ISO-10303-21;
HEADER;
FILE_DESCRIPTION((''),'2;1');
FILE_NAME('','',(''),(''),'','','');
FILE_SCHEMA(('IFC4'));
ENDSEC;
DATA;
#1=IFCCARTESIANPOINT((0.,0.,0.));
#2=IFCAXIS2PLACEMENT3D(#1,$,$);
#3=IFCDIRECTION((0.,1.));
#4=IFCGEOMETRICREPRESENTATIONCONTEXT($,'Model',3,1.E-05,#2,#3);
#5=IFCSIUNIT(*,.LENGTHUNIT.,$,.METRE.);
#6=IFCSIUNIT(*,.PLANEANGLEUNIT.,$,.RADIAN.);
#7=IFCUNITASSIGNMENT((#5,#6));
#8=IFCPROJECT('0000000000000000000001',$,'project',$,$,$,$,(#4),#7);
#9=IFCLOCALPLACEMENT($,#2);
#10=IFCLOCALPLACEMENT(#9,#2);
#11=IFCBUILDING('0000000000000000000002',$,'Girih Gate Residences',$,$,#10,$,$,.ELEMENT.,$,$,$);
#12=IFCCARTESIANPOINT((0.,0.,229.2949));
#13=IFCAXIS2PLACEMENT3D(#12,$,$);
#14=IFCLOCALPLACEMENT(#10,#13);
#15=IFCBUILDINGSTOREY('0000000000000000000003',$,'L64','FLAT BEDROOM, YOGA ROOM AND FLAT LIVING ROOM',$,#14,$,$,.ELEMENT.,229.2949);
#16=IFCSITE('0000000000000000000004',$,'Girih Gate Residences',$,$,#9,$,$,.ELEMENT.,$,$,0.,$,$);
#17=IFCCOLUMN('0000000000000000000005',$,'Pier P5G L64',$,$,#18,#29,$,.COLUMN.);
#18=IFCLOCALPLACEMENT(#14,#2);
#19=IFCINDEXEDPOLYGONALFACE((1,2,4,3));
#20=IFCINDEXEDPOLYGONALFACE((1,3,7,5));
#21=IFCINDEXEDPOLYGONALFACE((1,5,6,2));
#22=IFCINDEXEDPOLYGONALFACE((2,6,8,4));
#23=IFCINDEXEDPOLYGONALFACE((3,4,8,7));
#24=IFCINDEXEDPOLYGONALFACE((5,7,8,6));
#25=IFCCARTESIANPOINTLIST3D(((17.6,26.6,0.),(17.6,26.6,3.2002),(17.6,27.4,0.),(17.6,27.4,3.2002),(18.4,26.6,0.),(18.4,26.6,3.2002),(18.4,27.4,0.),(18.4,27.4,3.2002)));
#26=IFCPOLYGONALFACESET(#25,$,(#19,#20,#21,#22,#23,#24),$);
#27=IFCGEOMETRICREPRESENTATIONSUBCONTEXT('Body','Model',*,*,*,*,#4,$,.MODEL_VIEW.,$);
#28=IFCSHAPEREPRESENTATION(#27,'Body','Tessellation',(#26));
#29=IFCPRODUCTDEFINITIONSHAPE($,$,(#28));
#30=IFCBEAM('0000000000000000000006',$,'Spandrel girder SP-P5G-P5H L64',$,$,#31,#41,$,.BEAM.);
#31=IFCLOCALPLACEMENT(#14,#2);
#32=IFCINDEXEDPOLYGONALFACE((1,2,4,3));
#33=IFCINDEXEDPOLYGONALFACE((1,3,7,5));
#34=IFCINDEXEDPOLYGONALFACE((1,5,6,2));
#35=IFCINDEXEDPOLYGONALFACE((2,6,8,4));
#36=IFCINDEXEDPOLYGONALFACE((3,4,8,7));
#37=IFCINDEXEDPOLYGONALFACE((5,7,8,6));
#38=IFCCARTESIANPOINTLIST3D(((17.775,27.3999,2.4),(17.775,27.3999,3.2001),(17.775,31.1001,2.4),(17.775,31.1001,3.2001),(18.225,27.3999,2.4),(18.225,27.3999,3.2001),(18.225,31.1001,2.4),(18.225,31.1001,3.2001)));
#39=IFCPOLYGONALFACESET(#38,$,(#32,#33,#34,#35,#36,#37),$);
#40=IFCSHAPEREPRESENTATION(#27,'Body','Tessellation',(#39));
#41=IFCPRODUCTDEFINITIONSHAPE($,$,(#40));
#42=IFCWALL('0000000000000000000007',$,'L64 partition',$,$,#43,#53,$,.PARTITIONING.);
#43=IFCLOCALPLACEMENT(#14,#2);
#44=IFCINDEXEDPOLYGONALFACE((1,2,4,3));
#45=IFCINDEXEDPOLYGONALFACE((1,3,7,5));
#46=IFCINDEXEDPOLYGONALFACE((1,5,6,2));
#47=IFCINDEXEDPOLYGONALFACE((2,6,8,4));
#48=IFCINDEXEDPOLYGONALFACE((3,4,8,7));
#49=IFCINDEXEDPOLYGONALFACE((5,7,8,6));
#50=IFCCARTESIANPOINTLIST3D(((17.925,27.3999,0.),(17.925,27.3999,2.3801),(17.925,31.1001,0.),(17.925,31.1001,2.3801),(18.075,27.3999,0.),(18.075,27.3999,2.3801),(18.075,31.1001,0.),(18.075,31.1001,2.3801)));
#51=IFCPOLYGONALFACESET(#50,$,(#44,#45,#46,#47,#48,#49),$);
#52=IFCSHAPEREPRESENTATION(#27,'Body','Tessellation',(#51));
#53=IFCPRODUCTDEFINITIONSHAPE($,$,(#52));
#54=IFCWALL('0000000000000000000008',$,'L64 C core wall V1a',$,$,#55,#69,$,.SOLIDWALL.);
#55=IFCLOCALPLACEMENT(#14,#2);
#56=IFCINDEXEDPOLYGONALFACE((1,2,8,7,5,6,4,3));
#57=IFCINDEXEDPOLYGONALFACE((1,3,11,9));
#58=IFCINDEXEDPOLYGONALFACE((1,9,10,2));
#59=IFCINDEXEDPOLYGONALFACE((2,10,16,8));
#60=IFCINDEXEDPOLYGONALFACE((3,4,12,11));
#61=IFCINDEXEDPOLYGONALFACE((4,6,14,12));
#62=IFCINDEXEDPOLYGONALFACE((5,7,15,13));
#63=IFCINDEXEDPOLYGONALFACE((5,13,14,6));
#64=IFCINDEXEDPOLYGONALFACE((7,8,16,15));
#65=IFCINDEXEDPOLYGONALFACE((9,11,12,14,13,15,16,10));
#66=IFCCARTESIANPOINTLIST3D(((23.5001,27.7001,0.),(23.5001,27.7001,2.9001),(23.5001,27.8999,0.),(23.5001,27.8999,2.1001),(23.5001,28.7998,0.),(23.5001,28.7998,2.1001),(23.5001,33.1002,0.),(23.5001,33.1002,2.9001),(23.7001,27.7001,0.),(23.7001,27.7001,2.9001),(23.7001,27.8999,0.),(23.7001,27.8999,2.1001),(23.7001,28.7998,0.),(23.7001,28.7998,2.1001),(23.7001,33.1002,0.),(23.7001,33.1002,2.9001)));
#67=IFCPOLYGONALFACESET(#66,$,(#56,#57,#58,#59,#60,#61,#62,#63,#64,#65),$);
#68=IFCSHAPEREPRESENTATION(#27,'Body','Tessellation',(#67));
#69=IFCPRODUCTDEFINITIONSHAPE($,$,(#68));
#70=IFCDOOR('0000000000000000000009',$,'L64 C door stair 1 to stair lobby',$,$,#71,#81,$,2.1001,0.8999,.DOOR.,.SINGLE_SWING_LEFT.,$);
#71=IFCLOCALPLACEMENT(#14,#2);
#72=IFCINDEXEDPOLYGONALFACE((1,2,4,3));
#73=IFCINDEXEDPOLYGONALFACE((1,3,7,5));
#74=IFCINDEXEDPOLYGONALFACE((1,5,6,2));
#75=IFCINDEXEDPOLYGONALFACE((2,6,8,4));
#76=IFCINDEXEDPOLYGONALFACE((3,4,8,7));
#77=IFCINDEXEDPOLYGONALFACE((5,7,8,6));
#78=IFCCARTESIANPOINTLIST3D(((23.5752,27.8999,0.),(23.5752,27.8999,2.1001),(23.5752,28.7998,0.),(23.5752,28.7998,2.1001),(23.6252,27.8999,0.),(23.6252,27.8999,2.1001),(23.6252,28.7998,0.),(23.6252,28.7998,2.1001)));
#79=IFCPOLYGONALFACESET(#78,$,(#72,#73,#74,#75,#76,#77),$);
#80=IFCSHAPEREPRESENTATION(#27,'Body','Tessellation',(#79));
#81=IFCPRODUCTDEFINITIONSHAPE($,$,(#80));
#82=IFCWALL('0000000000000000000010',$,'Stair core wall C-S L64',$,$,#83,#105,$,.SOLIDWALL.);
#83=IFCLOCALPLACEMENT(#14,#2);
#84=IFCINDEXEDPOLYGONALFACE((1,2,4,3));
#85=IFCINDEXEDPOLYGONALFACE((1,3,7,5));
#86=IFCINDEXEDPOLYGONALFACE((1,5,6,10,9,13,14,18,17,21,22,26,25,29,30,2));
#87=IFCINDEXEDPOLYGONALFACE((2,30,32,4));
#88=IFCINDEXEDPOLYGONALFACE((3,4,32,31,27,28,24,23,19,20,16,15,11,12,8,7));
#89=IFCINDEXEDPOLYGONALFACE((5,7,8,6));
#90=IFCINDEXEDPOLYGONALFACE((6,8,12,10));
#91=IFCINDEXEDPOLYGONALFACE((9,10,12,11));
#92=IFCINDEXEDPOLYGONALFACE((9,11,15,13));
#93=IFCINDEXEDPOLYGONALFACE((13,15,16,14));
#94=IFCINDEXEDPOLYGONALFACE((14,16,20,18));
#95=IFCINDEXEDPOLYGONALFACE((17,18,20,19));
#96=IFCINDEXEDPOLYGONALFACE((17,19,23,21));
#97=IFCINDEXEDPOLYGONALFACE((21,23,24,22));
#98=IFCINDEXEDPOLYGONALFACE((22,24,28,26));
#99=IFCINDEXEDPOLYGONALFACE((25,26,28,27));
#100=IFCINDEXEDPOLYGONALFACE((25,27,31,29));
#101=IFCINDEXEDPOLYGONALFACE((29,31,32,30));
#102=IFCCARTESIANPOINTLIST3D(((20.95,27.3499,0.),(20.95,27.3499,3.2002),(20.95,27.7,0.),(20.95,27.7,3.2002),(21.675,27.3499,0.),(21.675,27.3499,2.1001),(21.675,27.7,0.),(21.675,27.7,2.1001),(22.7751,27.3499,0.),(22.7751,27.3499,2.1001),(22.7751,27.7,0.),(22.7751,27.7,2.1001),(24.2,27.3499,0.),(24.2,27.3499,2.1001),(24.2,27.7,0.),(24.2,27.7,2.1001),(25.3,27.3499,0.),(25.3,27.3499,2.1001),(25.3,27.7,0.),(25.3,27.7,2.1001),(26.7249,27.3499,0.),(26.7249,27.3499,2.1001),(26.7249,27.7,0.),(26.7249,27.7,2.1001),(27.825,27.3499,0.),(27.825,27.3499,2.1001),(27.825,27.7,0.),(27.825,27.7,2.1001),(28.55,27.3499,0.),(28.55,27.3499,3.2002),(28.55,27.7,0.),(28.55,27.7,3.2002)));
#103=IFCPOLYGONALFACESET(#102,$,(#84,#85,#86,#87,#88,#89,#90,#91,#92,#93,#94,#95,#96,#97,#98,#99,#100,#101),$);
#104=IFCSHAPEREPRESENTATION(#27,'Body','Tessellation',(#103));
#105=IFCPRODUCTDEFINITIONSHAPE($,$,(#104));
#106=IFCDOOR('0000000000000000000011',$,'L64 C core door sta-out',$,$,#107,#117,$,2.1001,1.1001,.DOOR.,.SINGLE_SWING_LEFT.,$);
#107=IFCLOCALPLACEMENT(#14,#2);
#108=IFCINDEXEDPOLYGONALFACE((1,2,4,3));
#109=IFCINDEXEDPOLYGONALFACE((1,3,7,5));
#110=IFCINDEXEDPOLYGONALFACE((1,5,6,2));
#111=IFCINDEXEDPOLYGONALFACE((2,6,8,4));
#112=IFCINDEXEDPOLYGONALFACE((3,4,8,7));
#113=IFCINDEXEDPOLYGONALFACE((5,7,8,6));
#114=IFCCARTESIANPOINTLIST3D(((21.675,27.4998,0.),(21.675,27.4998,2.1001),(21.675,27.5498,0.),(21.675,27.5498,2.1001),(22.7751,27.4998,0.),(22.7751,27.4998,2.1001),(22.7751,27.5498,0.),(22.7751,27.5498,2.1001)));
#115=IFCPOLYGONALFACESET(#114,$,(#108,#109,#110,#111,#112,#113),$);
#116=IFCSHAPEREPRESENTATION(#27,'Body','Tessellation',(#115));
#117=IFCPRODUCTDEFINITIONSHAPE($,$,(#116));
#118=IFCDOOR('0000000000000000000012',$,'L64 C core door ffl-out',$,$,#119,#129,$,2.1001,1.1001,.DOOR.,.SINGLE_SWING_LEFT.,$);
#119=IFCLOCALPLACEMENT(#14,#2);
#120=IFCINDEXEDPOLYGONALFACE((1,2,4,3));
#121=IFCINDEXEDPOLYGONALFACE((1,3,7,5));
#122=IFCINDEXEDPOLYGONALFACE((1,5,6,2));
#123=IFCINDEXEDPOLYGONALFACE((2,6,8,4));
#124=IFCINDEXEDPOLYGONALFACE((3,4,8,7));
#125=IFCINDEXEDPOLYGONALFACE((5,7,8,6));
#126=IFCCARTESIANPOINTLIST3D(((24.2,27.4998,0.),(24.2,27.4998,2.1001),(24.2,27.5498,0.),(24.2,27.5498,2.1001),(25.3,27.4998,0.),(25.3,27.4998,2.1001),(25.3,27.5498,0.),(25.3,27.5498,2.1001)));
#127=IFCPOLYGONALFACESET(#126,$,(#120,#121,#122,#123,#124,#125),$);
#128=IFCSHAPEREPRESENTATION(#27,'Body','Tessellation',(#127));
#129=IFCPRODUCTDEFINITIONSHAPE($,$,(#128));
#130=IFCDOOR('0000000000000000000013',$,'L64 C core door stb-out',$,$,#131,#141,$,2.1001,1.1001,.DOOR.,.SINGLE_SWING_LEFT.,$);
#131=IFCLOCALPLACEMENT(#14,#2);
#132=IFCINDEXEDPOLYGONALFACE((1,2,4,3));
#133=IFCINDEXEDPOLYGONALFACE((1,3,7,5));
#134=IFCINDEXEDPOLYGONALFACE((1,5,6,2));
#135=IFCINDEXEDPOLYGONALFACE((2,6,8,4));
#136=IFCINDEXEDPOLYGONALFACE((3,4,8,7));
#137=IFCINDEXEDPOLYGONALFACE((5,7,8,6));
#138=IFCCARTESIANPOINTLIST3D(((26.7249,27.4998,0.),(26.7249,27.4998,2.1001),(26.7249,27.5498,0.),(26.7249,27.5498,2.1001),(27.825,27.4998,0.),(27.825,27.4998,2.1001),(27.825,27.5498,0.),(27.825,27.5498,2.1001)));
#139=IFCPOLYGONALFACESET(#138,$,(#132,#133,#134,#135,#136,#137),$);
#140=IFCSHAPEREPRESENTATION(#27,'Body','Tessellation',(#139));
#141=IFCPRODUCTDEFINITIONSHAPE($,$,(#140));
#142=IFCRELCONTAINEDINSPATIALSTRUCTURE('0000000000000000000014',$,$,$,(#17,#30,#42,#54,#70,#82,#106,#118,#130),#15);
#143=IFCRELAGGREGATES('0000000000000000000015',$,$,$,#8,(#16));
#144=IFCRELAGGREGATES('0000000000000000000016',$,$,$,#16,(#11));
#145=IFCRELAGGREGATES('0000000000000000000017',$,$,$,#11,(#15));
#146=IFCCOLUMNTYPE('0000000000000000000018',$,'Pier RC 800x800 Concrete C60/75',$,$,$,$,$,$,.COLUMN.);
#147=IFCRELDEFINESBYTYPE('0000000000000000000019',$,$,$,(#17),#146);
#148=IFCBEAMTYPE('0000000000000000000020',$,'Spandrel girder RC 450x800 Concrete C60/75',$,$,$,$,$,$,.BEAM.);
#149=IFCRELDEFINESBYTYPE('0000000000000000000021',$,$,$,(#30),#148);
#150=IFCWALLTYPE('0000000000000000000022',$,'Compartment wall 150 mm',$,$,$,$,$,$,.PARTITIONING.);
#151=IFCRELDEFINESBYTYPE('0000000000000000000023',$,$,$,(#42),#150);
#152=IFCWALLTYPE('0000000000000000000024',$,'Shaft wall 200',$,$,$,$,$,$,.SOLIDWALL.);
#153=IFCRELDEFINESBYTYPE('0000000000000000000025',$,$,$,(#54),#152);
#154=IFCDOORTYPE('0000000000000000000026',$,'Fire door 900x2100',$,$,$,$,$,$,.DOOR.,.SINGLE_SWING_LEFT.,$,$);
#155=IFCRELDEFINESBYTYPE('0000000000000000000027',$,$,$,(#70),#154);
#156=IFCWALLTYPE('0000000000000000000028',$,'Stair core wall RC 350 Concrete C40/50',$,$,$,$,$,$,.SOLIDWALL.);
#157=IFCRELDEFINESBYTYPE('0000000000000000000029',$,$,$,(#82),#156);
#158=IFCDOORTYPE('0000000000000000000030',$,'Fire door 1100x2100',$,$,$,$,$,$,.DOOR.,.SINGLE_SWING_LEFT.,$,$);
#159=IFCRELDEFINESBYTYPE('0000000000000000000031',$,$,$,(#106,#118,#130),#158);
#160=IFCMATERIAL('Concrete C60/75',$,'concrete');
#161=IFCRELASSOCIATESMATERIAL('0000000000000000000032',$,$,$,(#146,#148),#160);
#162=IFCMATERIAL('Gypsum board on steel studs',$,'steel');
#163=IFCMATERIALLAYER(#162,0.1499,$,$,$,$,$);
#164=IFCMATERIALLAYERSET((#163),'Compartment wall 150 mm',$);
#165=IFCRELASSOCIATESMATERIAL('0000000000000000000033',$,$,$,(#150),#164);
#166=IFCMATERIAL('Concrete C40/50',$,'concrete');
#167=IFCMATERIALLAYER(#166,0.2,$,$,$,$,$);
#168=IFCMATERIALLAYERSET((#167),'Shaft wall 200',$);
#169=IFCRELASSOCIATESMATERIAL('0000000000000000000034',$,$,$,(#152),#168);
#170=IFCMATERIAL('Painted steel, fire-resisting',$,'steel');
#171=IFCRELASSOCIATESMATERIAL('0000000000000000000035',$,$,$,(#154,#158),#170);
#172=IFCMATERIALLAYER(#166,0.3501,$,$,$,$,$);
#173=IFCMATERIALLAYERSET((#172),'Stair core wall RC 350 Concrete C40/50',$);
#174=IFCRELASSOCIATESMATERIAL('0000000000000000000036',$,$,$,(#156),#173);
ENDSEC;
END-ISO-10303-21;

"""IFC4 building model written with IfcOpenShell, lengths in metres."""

from ifc_helpers import new_model, si_unit, direction, frame, frame_2d, origin, origin_2d, place, context, subcontext, project, spatial, rectangle, extrude, material, layer, layer_set, material_profile, profile_set, type_object, element, fill, save


model = new_model("IFC4")

# Units and contexts
model_context = context("Model", 3, precision=1e-05, world=origin(), true_north=direction((0.0, 1.0)))
body_context = subcontext(model_context, "Body", "Model", "MODEL_VIEW")
ifc_project = project(units=[si_unit("LENGTHUNIT", "METRE"), si_unit("PLANEANGLEUNIT", "RADIAN")], contexts=[model_context])

# Site, building, storey
site_placement = place(None, origin())
site = spatial("IfcSite", under=ifc_project, at=site_placement, Name="Girih Gate Residences", CompositionType="ELEMENT", RefElevation=0.0)
building_placement = place(site_placement, origin())
building = spatial("IfcBuilding", under=site, at=building_placement, Name="Girih Gate Residences", CompositionType="ELEMENT")
storey_placement = place(building_placement, frame((0.0, 0.0, 229.2949)))
storey = spatial("IfcBuildingStorey", under=building, at=storey_placement, Name="L64", Description="FLAT BEDROOM, YOGA ROOM AND FLAT LIVING ROOM", CompositionType="ELEMENT", Elevation=229.2949)

# Column
ifc_material_1 = material(Name="Concrete C60/75", Category="concrete")
ifc_material_profile_1 = material_profile(ifc_material_1, rectangle(XDim=0.8, YDim=0.8, at=origin_2d()))
ifc_profile_set_1 = profile_set([ifc_material_profile_1], Name="Concrete C60/75")
column_type = type_object("IfcColumnType", Name="Pier RC 800x800 Concrete C60/75", PredefinedType="COLUMN", material=ifc_profile_set_1)
column_placement = place(storey_placement, frame((18.0, 27.0, 0.0), z_axis=(0.0, 0.0, 1.0), x_axis=(1.0, 0.0, 0.0)))
element("IfcColumn", 1, at=column_placement, inside=storey, type_object=column_type, Name="Pier P5G L64", PredefinedType="COLUMN", context=body_context, shape_type="SweptSolid", body=[
    extrude(rectangle(XDim=0.8, YDim=0.8, at=origin_2d()), origin(), (0.0, 0.0, 1.0), 3.2002),
])

# Beam
ifc_material_profile_2 = material_profile(ifc_material_1, rectangle(XDim=0.45, YDim=0.8, at=origin_2d()))
ifc_profile_set_2 = profile_set([ifc_material_profile_2], Name="Concrete C60/75")
beam_type = type_object("IfcBeamType", Name="Spandrel girder RC 450x800 Concrete C60/75", PredefinedType="BEAM", material=ifc_profile_set_2)
beam_placement = place(storey_placement, frame((18.0, 27.3999, 2.8), z_axis=(0.0, 1.0, 0.0), x_axis=(-1.0, 0.0, 0.0)))
element("IfcBeam", 2, at=beam_placement, inside=storey, type_object=beam_type, Name="Spandrel girder SP-P5G-P5H L64", PredefinedType="BEAM", context=body_context, shape_type="SweptSolid", body=[
    extrude(rectangle(XDim=0.45, YDim=0.8, at=origin_2d()), origin(), (0.0, 0.0, 1.0), 3.7002),
])

# Wall
ifc_material_2 = material(Name="Gypsum board on steel studs", Category="steel")
ifc_layer_1 = layer(ifc_material_2, 0.1499)
ifc_layer_set_1 = layer_set([ifc_layer_1], Name="Compartment wall 150 mm")
wall_type_1 = type_object("IfcWallType", Name="Compartment wall 150 mm", PredefinedType="PARTITIONING", material=ifc_layer_set_1)
wall_1_placement = place(storey_placement, frame((18.0, 27.3999, 0.0), z_axis=(0.0, 0.0, 1.0), x_axis=(0.0, 1.0, 0.0)))
element("IfcWall", 3, at=wall_1_placement, inside=storey, type_object=wall_type_1, Name="L64 partition", PredefinedType="PARTITIONING", context=body_context, shape_type="SweptSolid", body=[
    extrude(rectangle(XDim=3.7002, YDim=0.1499, at=frame_2d((1.8501, 0.0))), origin(), (0.0, 0.0, 1.0), 2.3801),
])

# Wall, opening, door
ifc_material_3 = material(Name="Concrete C40/50", Category="concrete")
ifc_layer_2 = layer(ifc_material_3, 0.2)
ifc_layer_set_2 = layer_set([ifc_layer_2], Name="Shaft wall 200")
wall_type_2 = type_object("IfcWallType", Name="Shaft wall 200", PredefinedType="SOLIDWALL", material=ifc_layer_set_2)
wall_2_placement = place(storey_placement, frame((23.6001, 27.7, 0.0), z_axis=(0.0, 0.0, 1.0), x_axis=(0.0, 1.0, 0.0)))
wall_2 = element("IfcWall", 4, at=wall_2_placement, inside=storey, type_object=wall_type_2, Name="L64 C core wall V1a", PredefinedType="SOLIDWALL", context=body_context, shape_type="SweptSolid", body=[
    extrude(rectangle(XDim=5.4001, YDim=0.2, at=frame_2d((2.7002, 0.0))), origin(), (0.0, 0.0, 1.0), 2.9001),
])
opening_1_placement = place(wall_2_placement, frame((0.2, 0.0, 0.0)))
opening_1 = element("IfcOpeningElement", 5, at=opening_1_placement, cuts=wall_2, PredefinedType="OPENING", context=body_context, shape_type="SweptSolid", body=[
    extrude(rectangle(XDim=0.8999, YDim=2.1001, at=frame_2d((0.45, 1.05))), frame((0.0, 0.1099, 0.0), z_axis=(0.0, -1.0, 0.0), x_axis=(1.0, 0.0, 0.0)), (0.0, 0.0, 1.0), 0.22),
])
ifc_material_4 = material(Name="Painted steel, fire-resisting", Category="steel")
door_type_1 = type_object("IfcDoorType", Name="Fire door 900x2100", OperationType="SINGLE_SWING_LEFT", PredefinedType="DOOR", material=ifc_material_4)
door_1_placement = place(opening_1_placement, origin())
door_1 = element("IfcDoor", 6, at=door_1_placement, inside=storey, type_object=door_type_1, Name="L64 C door stair 1 to stair lobby", OperationType="SINGLE_SWING_LEFT", OverallHeight=2.1001, OverallWidth=0.8999, PredefinedType="DOOR", context=body_context, shape_type="SweptSolid", body=[
    extrude(rectangle(XDim=0.8999, YDim=2.1001, at=frame_2d((0.45, 1.05))), frame((0.0, 0.0249, 0.0), z_axis=(0.0, -1.0, 0.0), x_axis=(1.0, 0.0, 0.0)), (0.0, 0.0, 1.0), 0.05),
])
fill(opening_1, door_1)

# Wall, openings, doors
ifc_layer_3 = layer(ifc_material_3, 0.3501)
ifc_layer_set_3 = layer_set([ifc_layer_3], Name="Stair core wall RC 350 Concrete C40/50")
wall_type_3 = type_object("IfcWallType", Name="Stair core wall RC 350 Concrete C40/50", PredefinedType="SOLIDWALL", material=ifc_layer_set_3)
wall_3_placement = place(storey_placement, frame((20.95, 27.5249, 0.0), z_axis=(0.0, 0.0, 1.0), x_axis=(1.0, 0.0, 0.0)))
wall_3 = element("IfcWall", 7, at=wall_3_placement, inside=storey, type_object=wall_type_3, Name="Stair core wall C-S L64", PredefinedType="SOLIDWALL", context=body_context, shape_type="SweptSolid", body=[
    extrude(rectangle(XDim=7.6001, YDim=0.3501, at=frame_2d((3.8, 0.0))), origin(), (0.0, 0.0, 1.0), 3.2002),
])
opening_2_placement = place(wall_3_placement, frame((0.7251, 0.0, 0.0)))
opening_2 = element("IfcOpeningElement", 8, at=opening_2_placement, cuts=wall_3, PredefinedType="OPENING", context=body_context, shape_type="SweptSolid", body=[
    extrude(rectangle(XDim=1.1001, YDim=2.1001, at=frame_2d((0.55, 1.05))), frame((0.0, 0.1851, 0.0), z_axis=(0.0, -1.0, 0.0), x_axis=(1.0, 0.0, 0.0)), (0.0, 0.0, 1.0), 0.3701),
])
opening_3_placement = place(wall_3_placement, frame((3.25, 0.0, 0.0)))
opening_3 = element("IfcOpeningElement", 9, at=opening_3_placement, cuts=wall_3, PredefinedType="OPENING", context=body_context, shape_type="SweptSolid", body=[
    extrude(rectangle(XDim=1.1001, YDim=2.1001, at=frame_2d((0.55, 1.05))), frame((0.0, 0.1851, 0.0), z_axis=(0.0, -1.0, 0.0), x_axis=(1.0, 0.0, 0.0)), (0.0, 0.0, 1.0), 0.3701),
])
opening_4_placement = place(wall_3_placement, frame((5.7749, 0.0, 0.0)))
opening_4 = element("IfcOpeningElement", 10, at=opening_4_placement, cuts=wall_3, PredefinedType="OPENING", context=body_context, shape_type="SweptSolid", body=[
    extrude(rectangle(XDim=1.1001, YDim=2.1001, at=frame_2d((0.55, 1.05))), frame((0.0, 0.1851, 0.0), z_axis=(0.0, -1.0, 0.0), x_axis=(1.0, 0.0, 0.0)), (0.0, 0.0, 1.0), 0.3701),
])
door_type_2 = type_object("IfcDoorType", Name="Fire door 1100x2100", OperationType="SINGLE_SWING_LEFT", PredefinedType="DOOR", material=ifc_material_4)
door_2_placement = place(opening_2_placement, origin())
door_2 = element("IfcDoor", 11, at=door_2_placement, inside=storey, type_object=door_type_2, Name="L64 C core door sta-out", OperationType="SINGLE_SWING_LEFT", OverallHeight=2.1001, OverallWidth=1.1001, PredefinedType="DOOR", context=body_context, shape_type="SweptSolid", body=[
    extrude(rectangle(XDim=1.1001, YDim=2.1001, at=frame_2d((0.55, 1.05))), frame((0.0, 0.0249, 0.0), z_axis=(0.0, -1.0, 0.0), x_axis=(1.0, 0.0, 0.0)), (0.0, 0.0, 1.0), 0.05),
])
fill(opening_2, door_2)
door_3_placement = place(opening_3_placement, origin())
door_3 = element("IfcDoor", 12, at=door_3_placement, inside=storey, type_object=door_type_2, Name="L64 C core door ffl-out", OperationType="SINGLE_SWING_LEFT", OverallHeight=2.1001, OverallWidth=1.1001, PredefinedType="DOOR", context=body_context, shape_type="SweptSolid", body=[
    extrude(rectangle(XDim=1.1001, YDim=2.1001, at=frame_2d((0.55, 1.05))), frame((0.0, 0.0249, 0.0), z_axis=(0.0, -1.0, 0.0), x_axis=(1.0, 0.0, 0.0)), (0.0, 0.0, 1.0), 0.05),
])
fill(opening_3, door_3)
door_4_placement = place(opening_4_placement, origin())
door_4 = element("IfcDoor", 13, at=door_4_placement, inside=storey, type_object=door_type_2, Name="L64 C core door stb-out", OperationType="SINGLE_SWING_LEFT", OverallHeight=2.1001, OverallWidth=1.1001, PredefinedType="DOOR", context=body_context, shape_type="SweptSolid", body=[
    extrude(rectangle(XDim=1.1001, YDim=2.1001, at=frame_2d((0.55, 1.05))), frame((0.0, 0.0249, 0.0), z_axis=(0.0, -1.0, 0.0), x_axis=(1.0, 0.0, 0.0)), (0.0, 0.0, 1.0), 0.05),
])
fill(opening_4, door_4)

save(model, "model.ifc")
